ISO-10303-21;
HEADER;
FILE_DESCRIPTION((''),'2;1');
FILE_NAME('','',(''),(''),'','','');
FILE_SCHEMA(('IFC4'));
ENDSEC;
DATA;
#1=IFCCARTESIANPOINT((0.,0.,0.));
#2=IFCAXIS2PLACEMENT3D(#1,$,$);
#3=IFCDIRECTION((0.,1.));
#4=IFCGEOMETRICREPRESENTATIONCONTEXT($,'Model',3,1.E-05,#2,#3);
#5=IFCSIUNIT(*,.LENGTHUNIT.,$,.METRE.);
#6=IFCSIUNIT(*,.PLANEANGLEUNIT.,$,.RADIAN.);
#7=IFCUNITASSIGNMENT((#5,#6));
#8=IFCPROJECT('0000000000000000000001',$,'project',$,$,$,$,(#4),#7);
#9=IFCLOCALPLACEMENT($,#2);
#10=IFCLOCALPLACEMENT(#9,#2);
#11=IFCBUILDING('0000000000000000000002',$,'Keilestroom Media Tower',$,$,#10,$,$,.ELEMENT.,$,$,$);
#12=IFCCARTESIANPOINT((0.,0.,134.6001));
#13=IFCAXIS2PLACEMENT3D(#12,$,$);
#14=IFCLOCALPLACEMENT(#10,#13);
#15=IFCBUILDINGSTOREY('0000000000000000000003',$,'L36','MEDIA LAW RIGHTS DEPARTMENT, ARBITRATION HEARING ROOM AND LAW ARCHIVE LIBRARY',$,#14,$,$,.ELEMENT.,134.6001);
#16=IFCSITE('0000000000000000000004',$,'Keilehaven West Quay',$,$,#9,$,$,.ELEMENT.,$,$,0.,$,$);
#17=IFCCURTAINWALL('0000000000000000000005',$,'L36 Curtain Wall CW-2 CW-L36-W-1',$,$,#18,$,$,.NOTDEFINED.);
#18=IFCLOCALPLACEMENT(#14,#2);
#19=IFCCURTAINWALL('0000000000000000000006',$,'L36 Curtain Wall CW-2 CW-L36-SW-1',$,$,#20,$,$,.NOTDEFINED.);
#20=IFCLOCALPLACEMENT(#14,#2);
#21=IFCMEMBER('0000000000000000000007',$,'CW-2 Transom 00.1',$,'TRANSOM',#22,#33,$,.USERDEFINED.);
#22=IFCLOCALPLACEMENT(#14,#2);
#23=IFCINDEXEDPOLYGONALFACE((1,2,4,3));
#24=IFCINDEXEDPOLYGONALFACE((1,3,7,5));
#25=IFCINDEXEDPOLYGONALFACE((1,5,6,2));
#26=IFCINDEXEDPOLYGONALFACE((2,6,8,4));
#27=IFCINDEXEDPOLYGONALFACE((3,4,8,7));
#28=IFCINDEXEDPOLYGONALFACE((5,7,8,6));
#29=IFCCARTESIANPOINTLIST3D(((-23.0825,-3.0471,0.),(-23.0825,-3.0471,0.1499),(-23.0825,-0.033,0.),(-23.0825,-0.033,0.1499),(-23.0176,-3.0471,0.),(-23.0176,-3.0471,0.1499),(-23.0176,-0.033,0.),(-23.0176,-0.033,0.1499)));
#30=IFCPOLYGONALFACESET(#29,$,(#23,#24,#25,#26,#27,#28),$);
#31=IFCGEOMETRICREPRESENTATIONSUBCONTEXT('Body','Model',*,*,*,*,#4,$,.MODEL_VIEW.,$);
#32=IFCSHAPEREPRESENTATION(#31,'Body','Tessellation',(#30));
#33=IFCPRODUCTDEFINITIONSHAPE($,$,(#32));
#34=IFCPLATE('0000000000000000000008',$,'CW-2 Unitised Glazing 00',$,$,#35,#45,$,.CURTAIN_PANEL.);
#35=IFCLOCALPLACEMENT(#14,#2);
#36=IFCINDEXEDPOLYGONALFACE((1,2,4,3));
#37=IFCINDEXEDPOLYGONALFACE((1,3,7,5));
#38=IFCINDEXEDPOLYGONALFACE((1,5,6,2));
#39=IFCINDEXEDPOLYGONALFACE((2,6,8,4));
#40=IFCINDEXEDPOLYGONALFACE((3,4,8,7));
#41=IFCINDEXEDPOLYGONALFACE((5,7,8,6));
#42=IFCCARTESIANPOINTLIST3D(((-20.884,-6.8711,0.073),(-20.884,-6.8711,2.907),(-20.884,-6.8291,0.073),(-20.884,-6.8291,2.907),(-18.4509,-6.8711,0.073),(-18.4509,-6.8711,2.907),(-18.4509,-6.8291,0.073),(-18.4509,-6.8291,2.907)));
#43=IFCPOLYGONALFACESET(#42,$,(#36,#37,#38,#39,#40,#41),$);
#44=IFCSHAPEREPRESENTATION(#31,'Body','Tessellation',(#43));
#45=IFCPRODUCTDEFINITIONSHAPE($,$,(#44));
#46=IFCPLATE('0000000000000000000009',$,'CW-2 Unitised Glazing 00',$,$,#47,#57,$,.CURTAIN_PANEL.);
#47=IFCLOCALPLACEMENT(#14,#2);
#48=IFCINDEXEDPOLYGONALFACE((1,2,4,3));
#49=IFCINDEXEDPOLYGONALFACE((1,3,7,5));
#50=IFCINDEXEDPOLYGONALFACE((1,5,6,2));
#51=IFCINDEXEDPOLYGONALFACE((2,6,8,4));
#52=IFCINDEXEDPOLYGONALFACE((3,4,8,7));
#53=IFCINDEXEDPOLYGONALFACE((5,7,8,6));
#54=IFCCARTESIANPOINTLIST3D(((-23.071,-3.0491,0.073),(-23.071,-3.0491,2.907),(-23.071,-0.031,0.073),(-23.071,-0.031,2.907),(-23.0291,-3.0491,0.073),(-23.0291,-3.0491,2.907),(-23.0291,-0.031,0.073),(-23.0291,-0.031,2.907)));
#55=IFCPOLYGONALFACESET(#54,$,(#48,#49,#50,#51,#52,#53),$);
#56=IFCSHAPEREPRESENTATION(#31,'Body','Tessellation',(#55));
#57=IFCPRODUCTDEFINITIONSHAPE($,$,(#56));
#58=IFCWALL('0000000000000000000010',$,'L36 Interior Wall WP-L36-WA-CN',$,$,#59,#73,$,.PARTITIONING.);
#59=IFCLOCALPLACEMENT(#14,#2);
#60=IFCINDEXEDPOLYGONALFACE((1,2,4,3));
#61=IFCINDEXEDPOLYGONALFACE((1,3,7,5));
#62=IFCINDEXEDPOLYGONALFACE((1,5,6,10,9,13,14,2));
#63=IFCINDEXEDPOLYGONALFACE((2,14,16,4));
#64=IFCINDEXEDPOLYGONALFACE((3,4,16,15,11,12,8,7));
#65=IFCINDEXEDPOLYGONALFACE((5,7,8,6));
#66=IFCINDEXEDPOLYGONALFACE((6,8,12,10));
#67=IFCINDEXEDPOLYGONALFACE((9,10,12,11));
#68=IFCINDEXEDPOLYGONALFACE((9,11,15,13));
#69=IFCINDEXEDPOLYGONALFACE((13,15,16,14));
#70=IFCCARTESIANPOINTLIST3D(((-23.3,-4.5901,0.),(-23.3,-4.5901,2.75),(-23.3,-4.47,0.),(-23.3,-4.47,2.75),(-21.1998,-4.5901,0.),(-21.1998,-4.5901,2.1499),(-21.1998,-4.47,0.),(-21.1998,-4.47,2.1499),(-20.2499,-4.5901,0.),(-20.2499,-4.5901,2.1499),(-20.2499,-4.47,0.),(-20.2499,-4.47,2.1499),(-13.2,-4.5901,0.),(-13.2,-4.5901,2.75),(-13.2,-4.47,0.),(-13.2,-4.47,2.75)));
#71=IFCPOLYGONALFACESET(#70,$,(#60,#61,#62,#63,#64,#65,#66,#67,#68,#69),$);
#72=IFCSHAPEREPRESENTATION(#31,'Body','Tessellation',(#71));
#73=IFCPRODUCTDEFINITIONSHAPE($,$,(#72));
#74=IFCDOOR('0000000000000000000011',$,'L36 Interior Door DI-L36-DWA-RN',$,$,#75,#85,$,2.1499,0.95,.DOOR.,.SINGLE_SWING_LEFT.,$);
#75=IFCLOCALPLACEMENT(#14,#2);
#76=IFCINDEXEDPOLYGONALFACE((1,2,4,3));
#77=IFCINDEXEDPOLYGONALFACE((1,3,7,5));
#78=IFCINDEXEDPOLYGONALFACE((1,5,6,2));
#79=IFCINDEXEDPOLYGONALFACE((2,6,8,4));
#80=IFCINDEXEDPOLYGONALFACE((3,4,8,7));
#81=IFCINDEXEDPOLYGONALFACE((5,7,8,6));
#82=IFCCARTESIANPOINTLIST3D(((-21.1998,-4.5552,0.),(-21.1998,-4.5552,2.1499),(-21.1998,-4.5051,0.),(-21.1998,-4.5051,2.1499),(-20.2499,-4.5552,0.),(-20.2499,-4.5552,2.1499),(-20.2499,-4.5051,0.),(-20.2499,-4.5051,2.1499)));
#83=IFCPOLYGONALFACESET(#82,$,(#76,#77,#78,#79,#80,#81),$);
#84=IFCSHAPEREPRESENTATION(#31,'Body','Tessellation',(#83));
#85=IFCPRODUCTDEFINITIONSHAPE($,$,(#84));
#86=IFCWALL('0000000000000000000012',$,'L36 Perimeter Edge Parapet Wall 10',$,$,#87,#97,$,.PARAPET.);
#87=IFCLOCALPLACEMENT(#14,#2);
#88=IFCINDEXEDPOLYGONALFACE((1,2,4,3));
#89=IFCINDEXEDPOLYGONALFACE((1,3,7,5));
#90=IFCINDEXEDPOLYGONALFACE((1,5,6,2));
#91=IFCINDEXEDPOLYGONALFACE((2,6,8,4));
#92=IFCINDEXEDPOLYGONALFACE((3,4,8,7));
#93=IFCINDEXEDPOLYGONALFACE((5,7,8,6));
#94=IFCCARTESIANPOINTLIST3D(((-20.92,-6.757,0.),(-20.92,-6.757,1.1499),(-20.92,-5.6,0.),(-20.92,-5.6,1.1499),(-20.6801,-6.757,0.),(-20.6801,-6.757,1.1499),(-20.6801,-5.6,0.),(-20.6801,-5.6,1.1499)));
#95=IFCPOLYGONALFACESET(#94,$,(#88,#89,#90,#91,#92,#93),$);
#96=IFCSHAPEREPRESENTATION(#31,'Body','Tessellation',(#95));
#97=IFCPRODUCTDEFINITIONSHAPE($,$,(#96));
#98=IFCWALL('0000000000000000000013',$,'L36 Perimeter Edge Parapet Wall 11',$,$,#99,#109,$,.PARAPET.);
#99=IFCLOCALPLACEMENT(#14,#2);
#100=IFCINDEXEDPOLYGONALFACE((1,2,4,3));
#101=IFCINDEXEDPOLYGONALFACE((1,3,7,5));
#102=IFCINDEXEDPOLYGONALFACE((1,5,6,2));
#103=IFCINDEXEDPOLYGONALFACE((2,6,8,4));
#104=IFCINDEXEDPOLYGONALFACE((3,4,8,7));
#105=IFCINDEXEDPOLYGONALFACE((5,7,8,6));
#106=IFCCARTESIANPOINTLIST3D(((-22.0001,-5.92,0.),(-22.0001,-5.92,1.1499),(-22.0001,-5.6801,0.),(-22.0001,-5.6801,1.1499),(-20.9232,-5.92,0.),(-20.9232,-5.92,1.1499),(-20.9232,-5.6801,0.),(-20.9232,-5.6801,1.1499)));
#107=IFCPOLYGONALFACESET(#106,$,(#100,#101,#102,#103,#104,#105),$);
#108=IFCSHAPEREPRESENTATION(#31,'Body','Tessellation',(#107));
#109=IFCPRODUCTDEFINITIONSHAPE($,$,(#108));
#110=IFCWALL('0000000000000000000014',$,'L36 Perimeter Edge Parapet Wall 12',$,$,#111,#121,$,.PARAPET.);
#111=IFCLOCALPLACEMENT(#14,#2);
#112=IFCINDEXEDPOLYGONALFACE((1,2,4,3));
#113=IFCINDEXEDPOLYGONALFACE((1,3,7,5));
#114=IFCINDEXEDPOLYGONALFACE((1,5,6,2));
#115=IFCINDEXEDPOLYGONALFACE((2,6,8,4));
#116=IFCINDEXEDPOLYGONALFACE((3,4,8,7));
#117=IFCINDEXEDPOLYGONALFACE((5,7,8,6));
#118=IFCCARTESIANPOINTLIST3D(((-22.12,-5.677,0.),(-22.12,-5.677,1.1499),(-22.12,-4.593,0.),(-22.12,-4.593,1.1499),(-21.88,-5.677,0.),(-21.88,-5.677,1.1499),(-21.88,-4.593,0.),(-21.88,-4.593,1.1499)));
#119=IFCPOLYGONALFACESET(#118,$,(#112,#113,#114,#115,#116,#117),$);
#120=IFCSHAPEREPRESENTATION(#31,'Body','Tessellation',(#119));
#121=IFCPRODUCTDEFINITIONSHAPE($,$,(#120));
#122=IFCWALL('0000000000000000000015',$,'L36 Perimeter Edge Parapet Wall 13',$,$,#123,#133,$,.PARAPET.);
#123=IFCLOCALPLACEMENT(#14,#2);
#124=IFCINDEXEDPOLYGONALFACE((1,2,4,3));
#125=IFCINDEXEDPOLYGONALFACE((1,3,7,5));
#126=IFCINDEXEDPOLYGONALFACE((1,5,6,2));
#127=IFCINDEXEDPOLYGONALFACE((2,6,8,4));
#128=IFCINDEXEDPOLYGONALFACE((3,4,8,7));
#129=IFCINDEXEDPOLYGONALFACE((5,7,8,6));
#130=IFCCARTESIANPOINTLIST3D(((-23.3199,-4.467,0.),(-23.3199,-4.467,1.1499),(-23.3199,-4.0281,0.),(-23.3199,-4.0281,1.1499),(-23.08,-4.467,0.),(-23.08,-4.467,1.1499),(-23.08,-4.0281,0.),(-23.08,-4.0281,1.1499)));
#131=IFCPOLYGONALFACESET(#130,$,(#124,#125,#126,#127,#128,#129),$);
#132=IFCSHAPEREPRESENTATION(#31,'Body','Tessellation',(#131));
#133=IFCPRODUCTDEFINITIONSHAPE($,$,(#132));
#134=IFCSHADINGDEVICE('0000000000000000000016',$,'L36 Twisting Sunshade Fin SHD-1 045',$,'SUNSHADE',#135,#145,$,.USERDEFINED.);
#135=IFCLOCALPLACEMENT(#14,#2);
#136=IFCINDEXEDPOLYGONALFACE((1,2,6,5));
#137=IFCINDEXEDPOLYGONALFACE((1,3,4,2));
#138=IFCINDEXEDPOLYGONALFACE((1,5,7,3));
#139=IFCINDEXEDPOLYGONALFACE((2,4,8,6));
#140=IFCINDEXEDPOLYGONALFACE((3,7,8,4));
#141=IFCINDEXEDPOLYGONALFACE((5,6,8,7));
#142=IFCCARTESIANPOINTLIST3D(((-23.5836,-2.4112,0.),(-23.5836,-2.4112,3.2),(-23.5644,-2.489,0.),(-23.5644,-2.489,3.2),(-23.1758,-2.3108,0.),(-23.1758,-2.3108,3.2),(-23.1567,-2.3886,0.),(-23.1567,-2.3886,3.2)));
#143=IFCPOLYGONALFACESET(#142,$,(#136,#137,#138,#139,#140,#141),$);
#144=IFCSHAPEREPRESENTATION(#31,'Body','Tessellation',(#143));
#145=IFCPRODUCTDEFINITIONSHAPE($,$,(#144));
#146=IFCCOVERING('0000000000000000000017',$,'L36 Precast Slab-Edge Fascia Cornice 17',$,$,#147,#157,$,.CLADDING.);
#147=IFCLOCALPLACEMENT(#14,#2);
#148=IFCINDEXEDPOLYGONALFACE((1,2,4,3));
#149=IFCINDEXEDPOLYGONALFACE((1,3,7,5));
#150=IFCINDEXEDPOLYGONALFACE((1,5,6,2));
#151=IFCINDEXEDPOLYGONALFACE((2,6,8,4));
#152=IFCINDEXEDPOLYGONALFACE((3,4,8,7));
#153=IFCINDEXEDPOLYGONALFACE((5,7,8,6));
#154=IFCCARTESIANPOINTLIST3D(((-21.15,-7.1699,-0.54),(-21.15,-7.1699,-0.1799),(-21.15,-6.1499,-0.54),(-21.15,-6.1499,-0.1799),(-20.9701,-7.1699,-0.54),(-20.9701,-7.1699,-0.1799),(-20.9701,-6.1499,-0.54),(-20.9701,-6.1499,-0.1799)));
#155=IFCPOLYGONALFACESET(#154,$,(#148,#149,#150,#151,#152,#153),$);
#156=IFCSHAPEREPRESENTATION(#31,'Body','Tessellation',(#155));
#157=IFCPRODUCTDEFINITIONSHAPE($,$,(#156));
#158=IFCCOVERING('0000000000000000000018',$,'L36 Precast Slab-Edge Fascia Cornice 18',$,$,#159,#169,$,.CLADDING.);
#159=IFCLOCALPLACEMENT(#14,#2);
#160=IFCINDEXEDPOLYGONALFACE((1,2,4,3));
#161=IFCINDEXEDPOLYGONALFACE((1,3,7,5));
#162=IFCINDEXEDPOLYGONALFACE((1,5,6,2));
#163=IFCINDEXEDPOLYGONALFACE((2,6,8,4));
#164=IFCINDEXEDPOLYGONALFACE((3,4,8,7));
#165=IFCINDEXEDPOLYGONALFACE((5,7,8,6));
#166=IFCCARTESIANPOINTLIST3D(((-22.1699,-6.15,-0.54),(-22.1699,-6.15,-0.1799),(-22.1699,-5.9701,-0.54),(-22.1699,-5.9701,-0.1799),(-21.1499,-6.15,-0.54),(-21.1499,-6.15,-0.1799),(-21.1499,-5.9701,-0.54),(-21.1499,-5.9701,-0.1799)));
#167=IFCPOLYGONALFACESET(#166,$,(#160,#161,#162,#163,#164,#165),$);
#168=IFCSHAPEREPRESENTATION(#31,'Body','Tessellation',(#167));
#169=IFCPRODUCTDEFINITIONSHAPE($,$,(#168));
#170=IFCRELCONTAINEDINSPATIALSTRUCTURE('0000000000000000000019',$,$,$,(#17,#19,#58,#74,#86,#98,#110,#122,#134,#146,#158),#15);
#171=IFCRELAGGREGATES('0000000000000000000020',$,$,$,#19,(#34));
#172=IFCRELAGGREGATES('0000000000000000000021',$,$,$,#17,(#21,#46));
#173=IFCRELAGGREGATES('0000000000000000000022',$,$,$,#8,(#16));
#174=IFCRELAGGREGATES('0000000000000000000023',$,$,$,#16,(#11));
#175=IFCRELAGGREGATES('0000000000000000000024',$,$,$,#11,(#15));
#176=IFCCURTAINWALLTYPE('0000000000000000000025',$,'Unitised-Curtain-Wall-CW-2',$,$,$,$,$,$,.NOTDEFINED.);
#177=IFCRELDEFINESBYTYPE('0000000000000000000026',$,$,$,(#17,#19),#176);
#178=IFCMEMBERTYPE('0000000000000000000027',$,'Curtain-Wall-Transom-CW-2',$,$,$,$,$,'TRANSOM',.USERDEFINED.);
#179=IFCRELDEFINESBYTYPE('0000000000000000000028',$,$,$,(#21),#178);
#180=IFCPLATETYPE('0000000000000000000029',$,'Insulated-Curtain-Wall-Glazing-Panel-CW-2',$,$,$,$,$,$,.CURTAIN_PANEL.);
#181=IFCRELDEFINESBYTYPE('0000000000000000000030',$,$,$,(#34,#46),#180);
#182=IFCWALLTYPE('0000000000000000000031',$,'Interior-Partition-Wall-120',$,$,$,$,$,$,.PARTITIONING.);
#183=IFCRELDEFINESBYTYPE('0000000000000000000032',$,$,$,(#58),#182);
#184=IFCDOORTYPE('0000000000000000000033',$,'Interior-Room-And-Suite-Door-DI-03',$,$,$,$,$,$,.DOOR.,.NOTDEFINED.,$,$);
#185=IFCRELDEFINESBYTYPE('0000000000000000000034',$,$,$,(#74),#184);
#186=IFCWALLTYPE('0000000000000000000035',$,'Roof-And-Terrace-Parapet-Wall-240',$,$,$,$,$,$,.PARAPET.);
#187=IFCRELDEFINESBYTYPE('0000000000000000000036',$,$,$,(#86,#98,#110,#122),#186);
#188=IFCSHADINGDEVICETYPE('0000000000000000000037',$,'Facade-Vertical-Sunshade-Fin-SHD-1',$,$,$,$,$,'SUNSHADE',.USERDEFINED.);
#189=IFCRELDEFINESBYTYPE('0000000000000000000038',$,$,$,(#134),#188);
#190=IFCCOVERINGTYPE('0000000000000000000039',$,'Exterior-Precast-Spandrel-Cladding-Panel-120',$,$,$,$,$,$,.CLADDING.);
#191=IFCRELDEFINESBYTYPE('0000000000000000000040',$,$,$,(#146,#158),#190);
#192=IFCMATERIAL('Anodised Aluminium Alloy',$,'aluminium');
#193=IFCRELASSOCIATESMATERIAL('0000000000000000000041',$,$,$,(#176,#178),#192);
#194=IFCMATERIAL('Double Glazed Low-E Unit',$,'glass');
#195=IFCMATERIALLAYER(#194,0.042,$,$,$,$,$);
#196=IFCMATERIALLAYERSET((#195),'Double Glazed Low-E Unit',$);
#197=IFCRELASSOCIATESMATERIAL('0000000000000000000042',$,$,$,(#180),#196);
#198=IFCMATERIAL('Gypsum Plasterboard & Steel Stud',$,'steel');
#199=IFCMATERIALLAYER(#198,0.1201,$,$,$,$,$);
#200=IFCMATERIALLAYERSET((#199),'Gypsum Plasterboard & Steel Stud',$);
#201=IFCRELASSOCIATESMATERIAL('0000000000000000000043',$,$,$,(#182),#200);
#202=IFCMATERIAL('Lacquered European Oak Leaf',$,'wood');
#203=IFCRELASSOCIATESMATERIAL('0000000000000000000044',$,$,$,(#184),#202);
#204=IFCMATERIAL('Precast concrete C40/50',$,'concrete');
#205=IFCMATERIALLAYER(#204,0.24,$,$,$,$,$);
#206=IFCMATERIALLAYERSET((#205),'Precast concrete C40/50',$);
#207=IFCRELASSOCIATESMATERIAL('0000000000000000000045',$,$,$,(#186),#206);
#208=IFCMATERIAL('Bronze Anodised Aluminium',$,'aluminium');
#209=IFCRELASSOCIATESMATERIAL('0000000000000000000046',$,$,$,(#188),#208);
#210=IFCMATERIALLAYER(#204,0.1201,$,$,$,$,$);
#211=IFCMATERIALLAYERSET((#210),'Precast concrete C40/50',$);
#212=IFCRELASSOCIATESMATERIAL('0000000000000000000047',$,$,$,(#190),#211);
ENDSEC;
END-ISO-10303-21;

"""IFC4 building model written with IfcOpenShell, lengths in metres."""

from ifc_helpers import new_model, si_unit, direction, frame, frame_2d, origin, origin_2d, place, context, subcontext, project, spatial, rectangle, extrude, source, transform, mapped, material, layer, layer_set, material_profile, profile_set, type_object, element, fill, aggregate, save


model = new_model("IFC4")

# Units and contexts
model_context = context("Model", 3, precision=1e-05, world=origin(), true_north=direction((0.0, 1.0)))
body_context = subcontext(model_context, "Body", "Model", "MODEL_VIEW")
ifc_project = project(units=[si_unit("LENGTHUNIT", "METRE"), si_unit("PLANEANGLEUNIT", "RADIAN")], contexts=[model_context])

# Site, building, storey
site_placement = place(None, origin())
site = spatial("IfcSite", under=ifc_project, at=site_placement, Name="Keilehaven West Quay", CompositionType="ELEMENT", RefElevation=0.0)
building_placement = place(site_placement, origin())
building = spatial("IfcBuilding", under=site, at=building_placement, Name="Keilestroom Media Tower", CompositionType="ELEMENT")
storey_placement = place(building_placement, frame((0.0, 0.0, 134.6001)))
storey = spatial("IfcBuildingStorey", under=building, at=storey_placement, Name="L36", Description="MEDIA LAW RIGHTS DEPARTMENT, ARBITRATION HEARING ROOM AND LAW ARCHIVE LIBRARY", CompositionType="ELEMENT", Elevation=134.6001)

# Shared definitions
ifc_material_1 = material(Name="Precast concrete C40/50", Category="concrete")

# Curtain wall
ifc_material_2 = material(Name="Anodised Aluminium Alloy", Category="aluminium")
curtain_wall_type = type_object("IfcCurtainWallType", Name="Unitised-Curtain-Wall-CW-2", PredefinedType="NOTDEFINED", material=ifc_material_2)
curtain_wall_1_placement = place(storey_placement, origin())
curtain_wall_1 = element("IfcCurtainWall", 1, at=curtain_wall_1_placement, inside=storey, type_object=curtain_wall_type, Name="L36 Curtain Wall CW-2 CW-L36-W-1", PredefinedType="NOTDEFINED")

# Curtain wall
curtain_wall_2_placement = place(storey_placement, origin())
curtain_wall_2 = element("IfcCurtainWall", 2, at=curtain_wall_2_placement, inside=storey, type_object=curtain_wall_type, Name="L36 Curtain Wall CW-2 CW-L36-SW-1", PredefinedType="NOTDEFINED")
ifc_material_profile_1 = material_profile(ifc_material_2, rectangle(XDim=0.0649, YDim=0.1499, at=origin_2d()), Name="ALU TRANSOM 65x150")
ifc_profile_set_1 = profile_set([ifc_material_profile_1], Name="Anodised Aluminium Alloy")
member_type_1 = type_object("IfcMemberType", Name="Curtain-Wall-Transom-CW-2", ElementType="TRANSOM", PredefinedType="USERDEFINED", material=ifc_profile_set_1)

# Member
shared_shape_1 = source(origin(), body_context, "Body", "SweptSolid", [
    extrude(rectangle(XDim=0.0649, YDim=0.1499, at=origin_2d()), origin(), (0.0, 0.0, 1.0), 3.0142),
])
member_1_placement = place(storey_placement, frame((-23.05, -3.0471, 0.075), z_axis=(0.0, 1.0, 0.0), x_axis=(-1.0, 0.0, 0.0)))
member_1 = element("IfcMember", 3, at=member_1_placement, type_object=member_type_1, Name="CW-2 Transom 00.1", ObjectType="TRANSOM", PredefinedType="USERDEFINED", context=body_context, shape_type="MappedRepresentation", body=[
    mapped(shared_shape_1, transform((0.0, 0.0, 0.0), x_axis=(1.0, 0.0, 0.0), y_axis=(0.0, 1.0, 0.0), z_axis=(0.0, 0.0, 1.0), scale=1.0)),
])

# Plates
ifc_material_3 = material(Name="Double Glazed Low-E Unit", Category="glass")
ifc_layer_1 = layer(ifc_material_3, 0.042)
ifc_layer_set_1 = layer_set([ifc_layer_1], Name="Double Glazed Low-E Unit")
plate_type = type_object("IfcPlateType", Name="Insulated-Curtain-Wall-Glazing-Panel-CW-2", PredefinedType="CURTAIN_PANEL", material=ifc_layer_set_1)
shared_shape_2 = source(origin(), body_context, "Body", "SweptSolid", [
    extrude(rectangle(XDim=2.4331, YDim=0.042, at=origin_2d()), origin(), (0.0, 0.0, 1.0), 2.834),
])
plate_1_placement = place(storey_placement, frame((-19.6675, -6.8501, 0.073), z_axis=(0.0, 0.0, 1.0), x_axis=(1.0, 0.0, 0.0)))
plate_1 = element("IfcPlate", 4, at=plate_1_placement, type_object=plate_type, Name="CW-2 Unitised Glazing 00", PredefinedType="CURTAIN_PANEL", context=body_context, shape_type="MappedRepresentation", body=[
    mapped(shared_shape_2, transform((0.0, 0.0, 0.0), x_axis=(1.0, 0.0, 0.0), y_axis=(0.0, 1.0, 0.0), z_axis=(0.0, 0.0, 1.0), scale=1.0)),
])
aggregate(curtain_wall_2, [plate_1])
shared_shape_3 = source(origin(), body_context, "Body", "SweptSolid", [
    extrude(rectangle(XDim=3.0181, YDim=0.042, at=origin_2d()), origin(), (0.0, 0.0, 1.0), 2.834),
])
plate_2_placement = place(storey_placement, frame((-23.05, -1.54, 0.073), z_axis=(0.0, 0.0, 1.0), x_axis=(0.0, 1.0, 0.0)))
plate_2 = element("IfcPlate", 5, at=plate_2_placement, type_object=plate_type, Name="CW-2 Unitised Glazing 00", PredefinedType="CURTAIN_PANEL", context=body_context, shape_type="MappedRepresentation", body=[
    mapped(shared_shape_3, transform((0.0, 0.0, 0.0), x_axis=(1.0, 0.0, 0.0), y_axis=(0.0, 1.0, 0.0), z_axis=(0.0, 0.0, 1.0), scale=1.0)),
])
aggregate(curtain_wall_1, [member_1, plate_2])

# Wall, opening, door
ifc_material_4 = material(Name="Gypsum Plasterboard & Steel Stud", Category="steel")
ifc_layer_2 = layer(ifc_material_4, 0.1201)
ifc_layer_set_2 = layer_set([ifc_layer_2], Name="Gypsum Plasterboard & Steel Stud")
wall_type_1 = type_object("IfcWallType", Name="Interior-Partition-Wall-120", PredefinedType="PARTITIONING", material=ifc_layer_set_2)
wall_1_placement = place(storey_placement, frame((-23.3, -4.53, 0.0), z_axis=(0.0, 0.0, 1.0), x_axis=(1.0, 0.0, 0.0)))
wall_1 = element("IfcWall", 6, at=wall_1_placement, inside=storey, type_object=wall_type_1, Name="L36 Interior Wall WP-L36-WA-CN", PredefinedType="PARTITIONING", context=body_context, shape_type="SweptSolid", body=[
    extrude(rectangle(XDim=10.1001, YDim=0.1201, at=frame_2d((5.05, 0.0))), origin(), (0.0, 0.0, 1.0), 2.75),
])
opening_placement = place(wall_1_placement, frame((2.1001, 0.0, 0.0)))
opening = element("IfcOpeningElement", 7, at=opening_placement, cuts=wall_1, PredefinedType="OPENING", context=body_context, shape_type="SweptSolid", body=[
    extrude(rectangle(XDim=0.95, YDim=2.1499, at=frame_2d((0.4751, 1.075))), frame((0.0, 0.0701, 0.0), z_axis=(0.0, -1.0, 0.0), x_axis=(1.0, 0.0, 0.0)), (0.0, 0.0, 1.0), 0.1401),
])
ifc_material_5 = material(Name="Lacquered European Oak Leaf", Category="wood")
door_type = type_object("IfcDoorType", Name="Interior-Room-And-Suite-Door-DI-03", OperationType="NOTDEFINED", PredefinedType="DOOR", material=ifc_material_5)
shared_shape_4 = source(origin(), body_context, "Body", "SweptSolid", [
    extrude(rectangle(XDim=0.95, YDim=2.1499, at=frame_2d((0.4751, 1.075))), frame((0.0, 0.0249, 0.0), z_axis=(0.0, -1.0, 0.0), x_axis=(1.0, 0.0, 0.0)), (0.0, 0.0, 1.0), 0.05),
])
door_placement = place(opening_placement, origin())
door = element("IfcDoor", 8, at=door_placement, inside=storey, type_object=door_type, Name="L36 Interior Door DI-L36-DWA-RN", OperationType="SINGLE_SWING_LEFT", OverallHeight=2.1499, OverallWidth=0.95, PredefinedType="DOOR", context=body_context, shape_type="MappedRepresentation", body=[
    mapped(shared_shape_4, transform((0.0, 0.0, 0.0), x_axis=(1.0, 0.0, 0.0), y_axis=(0.0, 1.0, 0.0), z_axis=(0.0, 0.0, 1.0), scale=1.0)),
])
fill(opening, door)

# Walls
ifc_layer_3 = layer(ifc_material_1, 0.24)
ifc_layer_set_3 = layer_set([ifc_layer_3], Name="Precast concrete C40/50")
wall_type_2 = type_object("IfcWallType", Name="Roof-And-Terrace-Parapet-Wall-240", PredefinedType="PARAPET", material=ifc_layer_set_3)
wall_2_placement = place(storey_placement, frame((-20.8, -6.7571, 0.0), z_axis=(0.0, 0.0, 1.0), x_axis=(0.0, 1.0, 0.0)))
element("IfcWall", 9, at=wall_2_placement, inside=storey, type_object=wall_type_2, Name="L36 Perimeter Edge Parapet Wall 10", PredefinedType="PARAPET", context=body_context, shape_type="SweptSolid", body=[
    extrude(rectangle(XDim=1.157, YDim=0.24, at=frame_2d((0.5786, 0.0))), origin(), (0.0, 0.0, 1.0), 1.1499),
])
wall_3_placement = place(storey_placement, frame((-20.9231, -5.8, 0.0), z_axis=(0.0, 0.0, 1.0), x_axis=(-1.0, 0.0, 0.0)))
element("IfcWall", 10, at=wall_3_placement, inside=storey, type_object=wall_type_2, Name="L36 Perimeter Edge Parapet Wall 11", PredefinedType="PARAPET", context=body_context, shape_type="SweptSolid", body=[
    extrude(rectangle(XDim=1.0769, YDim=0.24, at=frame_2d((0.5386, 0.0))), origin(), (0.0, 0.0, 1.0), 1.1499),
])
wall_4_placement = place(storey_placement, frame((-22.0, -5.677, 0.0), z_axis=(0.0, 0.0, 1.0), x_axis=(0.0, 1.0, 0.0)))
element("IfcWall", 11, at=wall_4_placement, inside=storey, type_object=wall_type_2, Name="L36 Perimeter Edge Parapet Wall 12", PredefinedType="PARAPET", context=body_context, shape_type="SweptSolid", body=[
    extrude(rectangle(XDim=1.084, YDim=0.24, at=frame_2d((0.542, 0.0))), origin(), (0.0, 0.0, 1.0), 1.1499),
])
wall_5_placement = place(storey_placement, frame((-23.2, -4.467, 0.0), z_axis=(0.0, 0.0, 1.0), x_axis=(0.0, 1.0, 0.0)))
element("IfcWall", 12, at=wall_5_placement, inside=storey, type_object=wall_type_2, Name="L36 Perimeter Edge Parapet Wall 13", PredefinedType="PARAPET", context=body_context, shape_type="SweptSolid", body=[
    extrude(rectangle(XDim=0.439, YDim=0.24, at=frame_2d((0.2195, 0.0))), origin(), (0.0, 0.0, 1.0), 1.1499),
])

# Shading device
ifc_material_6 = material(Name="Bronze Anodised Aluminium", Category="aluminium")
shading_device_type = type_object("IfcShadingDeviceType", Name="Facade-Vertical-Sunshade-Fin-SHD-1", ElementType="SUNSHADE", PredefinedType="USERDEFINED", material=ifc_material_6)
shared_shape_5 = source(origin(), body_context, "Body", "SweptSolid", [
    extrude(rectangle(XDim=0.4199, YDim=0.0801, at=origin_2d()), origin(), (0.0, 0.0, 1.0), 3.2),
])
shading_device_placement = place(storey_placement, frame((-23.3701, -2.3999, 0.0), z_axis=(0.0, 0.0, 1.0), x_axis=(0.971009, 0.239042, 0.0)))
element("IfcShadingDevice", 13, at=shading_device_placement, inside=storey, type_object=shading_device_type, Name="L36 Twisting Sunshade Fin SHD-1 045", ObjectType="SUNSHADE", PredefinedType="USERDEFINED", context=body_context, shape_type="MappedRepresentation", body=[
    mapped(shared_shape_5, transform((0.0, 0.0, 0.0), x_axis=(1.0, 0.0, 0.0), y_axis=(0.0, 1.0, 0.0), z_axis=(0.0, 0.0, 1.0), scale=1.0)),
])

# Coverings
ifc_layer_4 = layer(ifc_material_1, 0.1201)
ifc_layer_set_4 = layer_set([ifc_layer_4], Name="Precast concrete C40/50")
covering_type = type_object("IfcCoveringType", Name="Exterior-Precast-Spandrel-Cladding-Panel-120", PredefinedType="CLADDING", material=ifc_layer_set_4)
shared_shape_6 = source(origin(), body_context, "Body", "SweptSolid", [
    extrude(rectangle(XDim=1.02, YDim=0.1799, at=origin_2d()), origin(), (0.0, 0.0, 1.0), 0.3601),
])
for number, where, z_axis, x_axis, name in (
    (14, (-21.0601, -6.6599, -0.54), (0.0, 0.0, 1.0), (0.0, 1.0, 0.0), "L36 Precast Slab-Edge Fascia Cornice 17"),
    (15, (-21.6599, -6.0601, -0.54), (0.0, 0.0, 1.0), (-1.0, 0.0, 0.0), "L36 Precast Slab-Edge Fascia Cornice 18"),
):
    element("IfcCovering", number, at=place(storey_placement, frame(where, z_axis=z_axis, x_axis=x_axis)), inside=storey, type_object=covering_type, Name=name, PredefinedType="CLADDING", context=body_context, shape_type="MappedRepresentation", body=[
        mapped(shared_shape_6, transform((0.0, 0.0, 0.0), x_axis=(1.0, 0.0, 0.0), y_axis=(0.0, 1.0, 0.0), z_axis=(0.0, 0.0, 1.0), scale=1.0)),
    ])

save(model, "model.ifc")
